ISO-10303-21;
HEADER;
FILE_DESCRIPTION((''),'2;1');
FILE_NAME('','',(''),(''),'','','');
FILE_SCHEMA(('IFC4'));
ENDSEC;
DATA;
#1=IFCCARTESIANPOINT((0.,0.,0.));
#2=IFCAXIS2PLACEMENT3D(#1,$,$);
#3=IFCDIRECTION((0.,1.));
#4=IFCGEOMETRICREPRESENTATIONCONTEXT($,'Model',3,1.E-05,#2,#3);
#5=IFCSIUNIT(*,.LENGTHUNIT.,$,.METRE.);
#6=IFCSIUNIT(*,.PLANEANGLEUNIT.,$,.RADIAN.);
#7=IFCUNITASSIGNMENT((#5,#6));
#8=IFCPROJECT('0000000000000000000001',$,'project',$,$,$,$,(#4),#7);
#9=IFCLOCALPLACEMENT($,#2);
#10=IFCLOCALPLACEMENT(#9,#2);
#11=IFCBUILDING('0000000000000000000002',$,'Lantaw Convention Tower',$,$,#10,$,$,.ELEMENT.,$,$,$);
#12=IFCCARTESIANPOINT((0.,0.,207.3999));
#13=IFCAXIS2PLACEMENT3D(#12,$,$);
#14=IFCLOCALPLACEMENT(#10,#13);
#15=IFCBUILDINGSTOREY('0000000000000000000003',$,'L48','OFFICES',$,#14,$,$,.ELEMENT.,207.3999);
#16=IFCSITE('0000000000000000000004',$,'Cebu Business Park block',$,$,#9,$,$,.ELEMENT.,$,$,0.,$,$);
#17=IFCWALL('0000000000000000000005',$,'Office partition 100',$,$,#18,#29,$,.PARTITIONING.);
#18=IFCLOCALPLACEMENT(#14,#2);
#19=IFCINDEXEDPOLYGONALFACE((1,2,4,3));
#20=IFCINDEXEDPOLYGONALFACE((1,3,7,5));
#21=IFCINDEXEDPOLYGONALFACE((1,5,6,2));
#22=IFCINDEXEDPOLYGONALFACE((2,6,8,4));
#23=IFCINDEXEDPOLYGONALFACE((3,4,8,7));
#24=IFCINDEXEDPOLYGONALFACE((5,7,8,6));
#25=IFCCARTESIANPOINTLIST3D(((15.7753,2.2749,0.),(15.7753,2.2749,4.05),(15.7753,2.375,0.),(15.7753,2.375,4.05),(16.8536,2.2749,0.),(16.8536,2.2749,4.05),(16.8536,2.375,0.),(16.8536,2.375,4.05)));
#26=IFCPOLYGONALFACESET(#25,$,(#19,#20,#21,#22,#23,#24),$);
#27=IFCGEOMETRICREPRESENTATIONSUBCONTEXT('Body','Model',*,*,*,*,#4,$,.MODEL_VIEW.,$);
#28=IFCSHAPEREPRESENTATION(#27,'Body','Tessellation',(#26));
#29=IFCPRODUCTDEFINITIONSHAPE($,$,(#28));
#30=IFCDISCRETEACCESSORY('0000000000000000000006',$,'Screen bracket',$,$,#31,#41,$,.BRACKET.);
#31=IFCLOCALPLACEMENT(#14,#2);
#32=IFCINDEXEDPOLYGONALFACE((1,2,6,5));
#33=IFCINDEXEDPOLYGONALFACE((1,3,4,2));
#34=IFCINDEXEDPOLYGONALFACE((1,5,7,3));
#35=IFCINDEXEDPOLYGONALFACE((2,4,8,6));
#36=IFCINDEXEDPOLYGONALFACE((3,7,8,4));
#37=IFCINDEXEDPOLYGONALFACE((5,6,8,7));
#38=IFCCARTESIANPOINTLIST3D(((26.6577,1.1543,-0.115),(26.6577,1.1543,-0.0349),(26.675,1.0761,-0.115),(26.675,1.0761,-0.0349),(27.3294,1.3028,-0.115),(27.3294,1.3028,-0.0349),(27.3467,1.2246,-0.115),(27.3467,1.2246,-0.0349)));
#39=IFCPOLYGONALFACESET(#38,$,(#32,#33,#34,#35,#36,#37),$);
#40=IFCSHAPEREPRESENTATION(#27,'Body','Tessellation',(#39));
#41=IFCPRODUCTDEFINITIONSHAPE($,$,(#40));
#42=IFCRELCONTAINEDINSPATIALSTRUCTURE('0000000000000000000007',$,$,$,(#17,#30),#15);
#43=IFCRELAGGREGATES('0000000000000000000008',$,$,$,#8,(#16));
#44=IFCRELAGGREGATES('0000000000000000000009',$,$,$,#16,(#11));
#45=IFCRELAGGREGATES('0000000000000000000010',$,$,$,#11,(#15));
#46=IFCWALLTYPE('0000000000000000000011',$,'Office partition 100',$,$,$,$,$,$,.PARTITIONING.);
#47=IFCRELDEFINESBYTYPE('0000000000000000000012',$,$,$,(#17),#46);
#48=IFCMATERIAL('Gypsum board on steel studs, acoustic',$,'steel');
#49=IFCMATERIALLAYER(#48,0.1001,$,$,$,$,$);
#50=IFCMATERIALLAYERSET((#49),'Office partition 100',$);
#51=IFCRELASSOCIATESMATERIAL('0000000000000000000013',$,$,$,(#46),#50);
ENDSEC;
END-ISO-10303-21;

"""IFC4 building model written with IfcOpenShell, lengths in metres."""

from ifc_helpers import new_model, si_unit, direction, frame, frame_2d, origin, origin_2d, place, context, subcontext, project, spatial, rectangle, extrude, material, layer, layer_set, type_object, element, save


model = new_model("IFC4")

# Units and contexts
model_context = context("Model", 3, precision=1e-05, world=origin(), true_north=direction((0.0, 1.0)))
body_context = subcontext(model_context, "Body", "Model", "MODEL_VIEW")
ifc_project = project(units=[si_unit("LENGTHUNIT", "METRE"), si_unit("PLANEANGLEUNIT", "RADIAN")], contexts=[model_context])

# Site, building, storey
site_placement = place(None, origin())
site = spatial("IfcSite", under=ifc_project, at=site_placement, Name="Cebu Business Park block", CompositionType="ELEMENT", RefElevation=0.0)
building_placement = place(site_placement, origin())
building = spatial("IfcBuilding", under=site, at=building_placement, Name="Lantaw Convention Tower", CompositionType="ELEMENT")
storey_placement = place(building_placement, frame((0.0, 0.0, 207.3999)))
storey = spatial("IfcBuildingStorey", under=building, at=storey_placement, Name="L48", Description="OFFICES", CompositionType="ELEMENT", Elevation=207.3999)

# Wall
ifc_material_1 = material(Name="Gypsum board on steel studs, acoustic", Category="steel")
ifc_layer_1 = layer(ifc_material_1, 0.1001)
ifc_layer_set_1 = layer_set([ifc_layer_1], Name="Office partition 100")
wall_type_1 = type_object("IfcWallType", Name="Office partition 100", PredefinedType="PARTITIONING", material=ifc_layer_set_1)
wall_1_placement = place(storey_placement, frame((15.7754, 2.325, 0.0), z_axis=(0.0, 0.0, 1.0), x_axis=(1.0, 0.0, 0.0)))
element("IfcWall", 1, at=wall_1_placement, inside=storey, type_object=wall_type_1, Name="Office partition 100", PredefinedType="PARTITIONING", context=body_context, shape_type="SweptSolid", body=[
    extrude(rectangle(XDim=1.0784, YDim=0.1001, at=frame_2d((0.5391, 0.0))), origin(), (0.0, 0.0, 1.0), 4.05),
])

# Discrete accessory
discrete_accessory_placement = place(storey_placement, frame((27.0022, 1.1895, -0.115), z_axis=(0.0, 0.0, 1.0), x_axis=(-0.215891, 0.976417, 0.0)))
element("IfcDiscreteAccessory", 2, at=discrete_accessory_placement, inside=storey, Name="Screen bracket", PredefinedType="BRACKET", context=body_context, shape_type="SweptSolid", body=[
    extrude(rectangle(XDim=0.0801, YDim=0.688, at=origin_2d()), origin(), (0.0, 0.0, 1.0), 0.0801),
])

save(model, "model.ifc")
